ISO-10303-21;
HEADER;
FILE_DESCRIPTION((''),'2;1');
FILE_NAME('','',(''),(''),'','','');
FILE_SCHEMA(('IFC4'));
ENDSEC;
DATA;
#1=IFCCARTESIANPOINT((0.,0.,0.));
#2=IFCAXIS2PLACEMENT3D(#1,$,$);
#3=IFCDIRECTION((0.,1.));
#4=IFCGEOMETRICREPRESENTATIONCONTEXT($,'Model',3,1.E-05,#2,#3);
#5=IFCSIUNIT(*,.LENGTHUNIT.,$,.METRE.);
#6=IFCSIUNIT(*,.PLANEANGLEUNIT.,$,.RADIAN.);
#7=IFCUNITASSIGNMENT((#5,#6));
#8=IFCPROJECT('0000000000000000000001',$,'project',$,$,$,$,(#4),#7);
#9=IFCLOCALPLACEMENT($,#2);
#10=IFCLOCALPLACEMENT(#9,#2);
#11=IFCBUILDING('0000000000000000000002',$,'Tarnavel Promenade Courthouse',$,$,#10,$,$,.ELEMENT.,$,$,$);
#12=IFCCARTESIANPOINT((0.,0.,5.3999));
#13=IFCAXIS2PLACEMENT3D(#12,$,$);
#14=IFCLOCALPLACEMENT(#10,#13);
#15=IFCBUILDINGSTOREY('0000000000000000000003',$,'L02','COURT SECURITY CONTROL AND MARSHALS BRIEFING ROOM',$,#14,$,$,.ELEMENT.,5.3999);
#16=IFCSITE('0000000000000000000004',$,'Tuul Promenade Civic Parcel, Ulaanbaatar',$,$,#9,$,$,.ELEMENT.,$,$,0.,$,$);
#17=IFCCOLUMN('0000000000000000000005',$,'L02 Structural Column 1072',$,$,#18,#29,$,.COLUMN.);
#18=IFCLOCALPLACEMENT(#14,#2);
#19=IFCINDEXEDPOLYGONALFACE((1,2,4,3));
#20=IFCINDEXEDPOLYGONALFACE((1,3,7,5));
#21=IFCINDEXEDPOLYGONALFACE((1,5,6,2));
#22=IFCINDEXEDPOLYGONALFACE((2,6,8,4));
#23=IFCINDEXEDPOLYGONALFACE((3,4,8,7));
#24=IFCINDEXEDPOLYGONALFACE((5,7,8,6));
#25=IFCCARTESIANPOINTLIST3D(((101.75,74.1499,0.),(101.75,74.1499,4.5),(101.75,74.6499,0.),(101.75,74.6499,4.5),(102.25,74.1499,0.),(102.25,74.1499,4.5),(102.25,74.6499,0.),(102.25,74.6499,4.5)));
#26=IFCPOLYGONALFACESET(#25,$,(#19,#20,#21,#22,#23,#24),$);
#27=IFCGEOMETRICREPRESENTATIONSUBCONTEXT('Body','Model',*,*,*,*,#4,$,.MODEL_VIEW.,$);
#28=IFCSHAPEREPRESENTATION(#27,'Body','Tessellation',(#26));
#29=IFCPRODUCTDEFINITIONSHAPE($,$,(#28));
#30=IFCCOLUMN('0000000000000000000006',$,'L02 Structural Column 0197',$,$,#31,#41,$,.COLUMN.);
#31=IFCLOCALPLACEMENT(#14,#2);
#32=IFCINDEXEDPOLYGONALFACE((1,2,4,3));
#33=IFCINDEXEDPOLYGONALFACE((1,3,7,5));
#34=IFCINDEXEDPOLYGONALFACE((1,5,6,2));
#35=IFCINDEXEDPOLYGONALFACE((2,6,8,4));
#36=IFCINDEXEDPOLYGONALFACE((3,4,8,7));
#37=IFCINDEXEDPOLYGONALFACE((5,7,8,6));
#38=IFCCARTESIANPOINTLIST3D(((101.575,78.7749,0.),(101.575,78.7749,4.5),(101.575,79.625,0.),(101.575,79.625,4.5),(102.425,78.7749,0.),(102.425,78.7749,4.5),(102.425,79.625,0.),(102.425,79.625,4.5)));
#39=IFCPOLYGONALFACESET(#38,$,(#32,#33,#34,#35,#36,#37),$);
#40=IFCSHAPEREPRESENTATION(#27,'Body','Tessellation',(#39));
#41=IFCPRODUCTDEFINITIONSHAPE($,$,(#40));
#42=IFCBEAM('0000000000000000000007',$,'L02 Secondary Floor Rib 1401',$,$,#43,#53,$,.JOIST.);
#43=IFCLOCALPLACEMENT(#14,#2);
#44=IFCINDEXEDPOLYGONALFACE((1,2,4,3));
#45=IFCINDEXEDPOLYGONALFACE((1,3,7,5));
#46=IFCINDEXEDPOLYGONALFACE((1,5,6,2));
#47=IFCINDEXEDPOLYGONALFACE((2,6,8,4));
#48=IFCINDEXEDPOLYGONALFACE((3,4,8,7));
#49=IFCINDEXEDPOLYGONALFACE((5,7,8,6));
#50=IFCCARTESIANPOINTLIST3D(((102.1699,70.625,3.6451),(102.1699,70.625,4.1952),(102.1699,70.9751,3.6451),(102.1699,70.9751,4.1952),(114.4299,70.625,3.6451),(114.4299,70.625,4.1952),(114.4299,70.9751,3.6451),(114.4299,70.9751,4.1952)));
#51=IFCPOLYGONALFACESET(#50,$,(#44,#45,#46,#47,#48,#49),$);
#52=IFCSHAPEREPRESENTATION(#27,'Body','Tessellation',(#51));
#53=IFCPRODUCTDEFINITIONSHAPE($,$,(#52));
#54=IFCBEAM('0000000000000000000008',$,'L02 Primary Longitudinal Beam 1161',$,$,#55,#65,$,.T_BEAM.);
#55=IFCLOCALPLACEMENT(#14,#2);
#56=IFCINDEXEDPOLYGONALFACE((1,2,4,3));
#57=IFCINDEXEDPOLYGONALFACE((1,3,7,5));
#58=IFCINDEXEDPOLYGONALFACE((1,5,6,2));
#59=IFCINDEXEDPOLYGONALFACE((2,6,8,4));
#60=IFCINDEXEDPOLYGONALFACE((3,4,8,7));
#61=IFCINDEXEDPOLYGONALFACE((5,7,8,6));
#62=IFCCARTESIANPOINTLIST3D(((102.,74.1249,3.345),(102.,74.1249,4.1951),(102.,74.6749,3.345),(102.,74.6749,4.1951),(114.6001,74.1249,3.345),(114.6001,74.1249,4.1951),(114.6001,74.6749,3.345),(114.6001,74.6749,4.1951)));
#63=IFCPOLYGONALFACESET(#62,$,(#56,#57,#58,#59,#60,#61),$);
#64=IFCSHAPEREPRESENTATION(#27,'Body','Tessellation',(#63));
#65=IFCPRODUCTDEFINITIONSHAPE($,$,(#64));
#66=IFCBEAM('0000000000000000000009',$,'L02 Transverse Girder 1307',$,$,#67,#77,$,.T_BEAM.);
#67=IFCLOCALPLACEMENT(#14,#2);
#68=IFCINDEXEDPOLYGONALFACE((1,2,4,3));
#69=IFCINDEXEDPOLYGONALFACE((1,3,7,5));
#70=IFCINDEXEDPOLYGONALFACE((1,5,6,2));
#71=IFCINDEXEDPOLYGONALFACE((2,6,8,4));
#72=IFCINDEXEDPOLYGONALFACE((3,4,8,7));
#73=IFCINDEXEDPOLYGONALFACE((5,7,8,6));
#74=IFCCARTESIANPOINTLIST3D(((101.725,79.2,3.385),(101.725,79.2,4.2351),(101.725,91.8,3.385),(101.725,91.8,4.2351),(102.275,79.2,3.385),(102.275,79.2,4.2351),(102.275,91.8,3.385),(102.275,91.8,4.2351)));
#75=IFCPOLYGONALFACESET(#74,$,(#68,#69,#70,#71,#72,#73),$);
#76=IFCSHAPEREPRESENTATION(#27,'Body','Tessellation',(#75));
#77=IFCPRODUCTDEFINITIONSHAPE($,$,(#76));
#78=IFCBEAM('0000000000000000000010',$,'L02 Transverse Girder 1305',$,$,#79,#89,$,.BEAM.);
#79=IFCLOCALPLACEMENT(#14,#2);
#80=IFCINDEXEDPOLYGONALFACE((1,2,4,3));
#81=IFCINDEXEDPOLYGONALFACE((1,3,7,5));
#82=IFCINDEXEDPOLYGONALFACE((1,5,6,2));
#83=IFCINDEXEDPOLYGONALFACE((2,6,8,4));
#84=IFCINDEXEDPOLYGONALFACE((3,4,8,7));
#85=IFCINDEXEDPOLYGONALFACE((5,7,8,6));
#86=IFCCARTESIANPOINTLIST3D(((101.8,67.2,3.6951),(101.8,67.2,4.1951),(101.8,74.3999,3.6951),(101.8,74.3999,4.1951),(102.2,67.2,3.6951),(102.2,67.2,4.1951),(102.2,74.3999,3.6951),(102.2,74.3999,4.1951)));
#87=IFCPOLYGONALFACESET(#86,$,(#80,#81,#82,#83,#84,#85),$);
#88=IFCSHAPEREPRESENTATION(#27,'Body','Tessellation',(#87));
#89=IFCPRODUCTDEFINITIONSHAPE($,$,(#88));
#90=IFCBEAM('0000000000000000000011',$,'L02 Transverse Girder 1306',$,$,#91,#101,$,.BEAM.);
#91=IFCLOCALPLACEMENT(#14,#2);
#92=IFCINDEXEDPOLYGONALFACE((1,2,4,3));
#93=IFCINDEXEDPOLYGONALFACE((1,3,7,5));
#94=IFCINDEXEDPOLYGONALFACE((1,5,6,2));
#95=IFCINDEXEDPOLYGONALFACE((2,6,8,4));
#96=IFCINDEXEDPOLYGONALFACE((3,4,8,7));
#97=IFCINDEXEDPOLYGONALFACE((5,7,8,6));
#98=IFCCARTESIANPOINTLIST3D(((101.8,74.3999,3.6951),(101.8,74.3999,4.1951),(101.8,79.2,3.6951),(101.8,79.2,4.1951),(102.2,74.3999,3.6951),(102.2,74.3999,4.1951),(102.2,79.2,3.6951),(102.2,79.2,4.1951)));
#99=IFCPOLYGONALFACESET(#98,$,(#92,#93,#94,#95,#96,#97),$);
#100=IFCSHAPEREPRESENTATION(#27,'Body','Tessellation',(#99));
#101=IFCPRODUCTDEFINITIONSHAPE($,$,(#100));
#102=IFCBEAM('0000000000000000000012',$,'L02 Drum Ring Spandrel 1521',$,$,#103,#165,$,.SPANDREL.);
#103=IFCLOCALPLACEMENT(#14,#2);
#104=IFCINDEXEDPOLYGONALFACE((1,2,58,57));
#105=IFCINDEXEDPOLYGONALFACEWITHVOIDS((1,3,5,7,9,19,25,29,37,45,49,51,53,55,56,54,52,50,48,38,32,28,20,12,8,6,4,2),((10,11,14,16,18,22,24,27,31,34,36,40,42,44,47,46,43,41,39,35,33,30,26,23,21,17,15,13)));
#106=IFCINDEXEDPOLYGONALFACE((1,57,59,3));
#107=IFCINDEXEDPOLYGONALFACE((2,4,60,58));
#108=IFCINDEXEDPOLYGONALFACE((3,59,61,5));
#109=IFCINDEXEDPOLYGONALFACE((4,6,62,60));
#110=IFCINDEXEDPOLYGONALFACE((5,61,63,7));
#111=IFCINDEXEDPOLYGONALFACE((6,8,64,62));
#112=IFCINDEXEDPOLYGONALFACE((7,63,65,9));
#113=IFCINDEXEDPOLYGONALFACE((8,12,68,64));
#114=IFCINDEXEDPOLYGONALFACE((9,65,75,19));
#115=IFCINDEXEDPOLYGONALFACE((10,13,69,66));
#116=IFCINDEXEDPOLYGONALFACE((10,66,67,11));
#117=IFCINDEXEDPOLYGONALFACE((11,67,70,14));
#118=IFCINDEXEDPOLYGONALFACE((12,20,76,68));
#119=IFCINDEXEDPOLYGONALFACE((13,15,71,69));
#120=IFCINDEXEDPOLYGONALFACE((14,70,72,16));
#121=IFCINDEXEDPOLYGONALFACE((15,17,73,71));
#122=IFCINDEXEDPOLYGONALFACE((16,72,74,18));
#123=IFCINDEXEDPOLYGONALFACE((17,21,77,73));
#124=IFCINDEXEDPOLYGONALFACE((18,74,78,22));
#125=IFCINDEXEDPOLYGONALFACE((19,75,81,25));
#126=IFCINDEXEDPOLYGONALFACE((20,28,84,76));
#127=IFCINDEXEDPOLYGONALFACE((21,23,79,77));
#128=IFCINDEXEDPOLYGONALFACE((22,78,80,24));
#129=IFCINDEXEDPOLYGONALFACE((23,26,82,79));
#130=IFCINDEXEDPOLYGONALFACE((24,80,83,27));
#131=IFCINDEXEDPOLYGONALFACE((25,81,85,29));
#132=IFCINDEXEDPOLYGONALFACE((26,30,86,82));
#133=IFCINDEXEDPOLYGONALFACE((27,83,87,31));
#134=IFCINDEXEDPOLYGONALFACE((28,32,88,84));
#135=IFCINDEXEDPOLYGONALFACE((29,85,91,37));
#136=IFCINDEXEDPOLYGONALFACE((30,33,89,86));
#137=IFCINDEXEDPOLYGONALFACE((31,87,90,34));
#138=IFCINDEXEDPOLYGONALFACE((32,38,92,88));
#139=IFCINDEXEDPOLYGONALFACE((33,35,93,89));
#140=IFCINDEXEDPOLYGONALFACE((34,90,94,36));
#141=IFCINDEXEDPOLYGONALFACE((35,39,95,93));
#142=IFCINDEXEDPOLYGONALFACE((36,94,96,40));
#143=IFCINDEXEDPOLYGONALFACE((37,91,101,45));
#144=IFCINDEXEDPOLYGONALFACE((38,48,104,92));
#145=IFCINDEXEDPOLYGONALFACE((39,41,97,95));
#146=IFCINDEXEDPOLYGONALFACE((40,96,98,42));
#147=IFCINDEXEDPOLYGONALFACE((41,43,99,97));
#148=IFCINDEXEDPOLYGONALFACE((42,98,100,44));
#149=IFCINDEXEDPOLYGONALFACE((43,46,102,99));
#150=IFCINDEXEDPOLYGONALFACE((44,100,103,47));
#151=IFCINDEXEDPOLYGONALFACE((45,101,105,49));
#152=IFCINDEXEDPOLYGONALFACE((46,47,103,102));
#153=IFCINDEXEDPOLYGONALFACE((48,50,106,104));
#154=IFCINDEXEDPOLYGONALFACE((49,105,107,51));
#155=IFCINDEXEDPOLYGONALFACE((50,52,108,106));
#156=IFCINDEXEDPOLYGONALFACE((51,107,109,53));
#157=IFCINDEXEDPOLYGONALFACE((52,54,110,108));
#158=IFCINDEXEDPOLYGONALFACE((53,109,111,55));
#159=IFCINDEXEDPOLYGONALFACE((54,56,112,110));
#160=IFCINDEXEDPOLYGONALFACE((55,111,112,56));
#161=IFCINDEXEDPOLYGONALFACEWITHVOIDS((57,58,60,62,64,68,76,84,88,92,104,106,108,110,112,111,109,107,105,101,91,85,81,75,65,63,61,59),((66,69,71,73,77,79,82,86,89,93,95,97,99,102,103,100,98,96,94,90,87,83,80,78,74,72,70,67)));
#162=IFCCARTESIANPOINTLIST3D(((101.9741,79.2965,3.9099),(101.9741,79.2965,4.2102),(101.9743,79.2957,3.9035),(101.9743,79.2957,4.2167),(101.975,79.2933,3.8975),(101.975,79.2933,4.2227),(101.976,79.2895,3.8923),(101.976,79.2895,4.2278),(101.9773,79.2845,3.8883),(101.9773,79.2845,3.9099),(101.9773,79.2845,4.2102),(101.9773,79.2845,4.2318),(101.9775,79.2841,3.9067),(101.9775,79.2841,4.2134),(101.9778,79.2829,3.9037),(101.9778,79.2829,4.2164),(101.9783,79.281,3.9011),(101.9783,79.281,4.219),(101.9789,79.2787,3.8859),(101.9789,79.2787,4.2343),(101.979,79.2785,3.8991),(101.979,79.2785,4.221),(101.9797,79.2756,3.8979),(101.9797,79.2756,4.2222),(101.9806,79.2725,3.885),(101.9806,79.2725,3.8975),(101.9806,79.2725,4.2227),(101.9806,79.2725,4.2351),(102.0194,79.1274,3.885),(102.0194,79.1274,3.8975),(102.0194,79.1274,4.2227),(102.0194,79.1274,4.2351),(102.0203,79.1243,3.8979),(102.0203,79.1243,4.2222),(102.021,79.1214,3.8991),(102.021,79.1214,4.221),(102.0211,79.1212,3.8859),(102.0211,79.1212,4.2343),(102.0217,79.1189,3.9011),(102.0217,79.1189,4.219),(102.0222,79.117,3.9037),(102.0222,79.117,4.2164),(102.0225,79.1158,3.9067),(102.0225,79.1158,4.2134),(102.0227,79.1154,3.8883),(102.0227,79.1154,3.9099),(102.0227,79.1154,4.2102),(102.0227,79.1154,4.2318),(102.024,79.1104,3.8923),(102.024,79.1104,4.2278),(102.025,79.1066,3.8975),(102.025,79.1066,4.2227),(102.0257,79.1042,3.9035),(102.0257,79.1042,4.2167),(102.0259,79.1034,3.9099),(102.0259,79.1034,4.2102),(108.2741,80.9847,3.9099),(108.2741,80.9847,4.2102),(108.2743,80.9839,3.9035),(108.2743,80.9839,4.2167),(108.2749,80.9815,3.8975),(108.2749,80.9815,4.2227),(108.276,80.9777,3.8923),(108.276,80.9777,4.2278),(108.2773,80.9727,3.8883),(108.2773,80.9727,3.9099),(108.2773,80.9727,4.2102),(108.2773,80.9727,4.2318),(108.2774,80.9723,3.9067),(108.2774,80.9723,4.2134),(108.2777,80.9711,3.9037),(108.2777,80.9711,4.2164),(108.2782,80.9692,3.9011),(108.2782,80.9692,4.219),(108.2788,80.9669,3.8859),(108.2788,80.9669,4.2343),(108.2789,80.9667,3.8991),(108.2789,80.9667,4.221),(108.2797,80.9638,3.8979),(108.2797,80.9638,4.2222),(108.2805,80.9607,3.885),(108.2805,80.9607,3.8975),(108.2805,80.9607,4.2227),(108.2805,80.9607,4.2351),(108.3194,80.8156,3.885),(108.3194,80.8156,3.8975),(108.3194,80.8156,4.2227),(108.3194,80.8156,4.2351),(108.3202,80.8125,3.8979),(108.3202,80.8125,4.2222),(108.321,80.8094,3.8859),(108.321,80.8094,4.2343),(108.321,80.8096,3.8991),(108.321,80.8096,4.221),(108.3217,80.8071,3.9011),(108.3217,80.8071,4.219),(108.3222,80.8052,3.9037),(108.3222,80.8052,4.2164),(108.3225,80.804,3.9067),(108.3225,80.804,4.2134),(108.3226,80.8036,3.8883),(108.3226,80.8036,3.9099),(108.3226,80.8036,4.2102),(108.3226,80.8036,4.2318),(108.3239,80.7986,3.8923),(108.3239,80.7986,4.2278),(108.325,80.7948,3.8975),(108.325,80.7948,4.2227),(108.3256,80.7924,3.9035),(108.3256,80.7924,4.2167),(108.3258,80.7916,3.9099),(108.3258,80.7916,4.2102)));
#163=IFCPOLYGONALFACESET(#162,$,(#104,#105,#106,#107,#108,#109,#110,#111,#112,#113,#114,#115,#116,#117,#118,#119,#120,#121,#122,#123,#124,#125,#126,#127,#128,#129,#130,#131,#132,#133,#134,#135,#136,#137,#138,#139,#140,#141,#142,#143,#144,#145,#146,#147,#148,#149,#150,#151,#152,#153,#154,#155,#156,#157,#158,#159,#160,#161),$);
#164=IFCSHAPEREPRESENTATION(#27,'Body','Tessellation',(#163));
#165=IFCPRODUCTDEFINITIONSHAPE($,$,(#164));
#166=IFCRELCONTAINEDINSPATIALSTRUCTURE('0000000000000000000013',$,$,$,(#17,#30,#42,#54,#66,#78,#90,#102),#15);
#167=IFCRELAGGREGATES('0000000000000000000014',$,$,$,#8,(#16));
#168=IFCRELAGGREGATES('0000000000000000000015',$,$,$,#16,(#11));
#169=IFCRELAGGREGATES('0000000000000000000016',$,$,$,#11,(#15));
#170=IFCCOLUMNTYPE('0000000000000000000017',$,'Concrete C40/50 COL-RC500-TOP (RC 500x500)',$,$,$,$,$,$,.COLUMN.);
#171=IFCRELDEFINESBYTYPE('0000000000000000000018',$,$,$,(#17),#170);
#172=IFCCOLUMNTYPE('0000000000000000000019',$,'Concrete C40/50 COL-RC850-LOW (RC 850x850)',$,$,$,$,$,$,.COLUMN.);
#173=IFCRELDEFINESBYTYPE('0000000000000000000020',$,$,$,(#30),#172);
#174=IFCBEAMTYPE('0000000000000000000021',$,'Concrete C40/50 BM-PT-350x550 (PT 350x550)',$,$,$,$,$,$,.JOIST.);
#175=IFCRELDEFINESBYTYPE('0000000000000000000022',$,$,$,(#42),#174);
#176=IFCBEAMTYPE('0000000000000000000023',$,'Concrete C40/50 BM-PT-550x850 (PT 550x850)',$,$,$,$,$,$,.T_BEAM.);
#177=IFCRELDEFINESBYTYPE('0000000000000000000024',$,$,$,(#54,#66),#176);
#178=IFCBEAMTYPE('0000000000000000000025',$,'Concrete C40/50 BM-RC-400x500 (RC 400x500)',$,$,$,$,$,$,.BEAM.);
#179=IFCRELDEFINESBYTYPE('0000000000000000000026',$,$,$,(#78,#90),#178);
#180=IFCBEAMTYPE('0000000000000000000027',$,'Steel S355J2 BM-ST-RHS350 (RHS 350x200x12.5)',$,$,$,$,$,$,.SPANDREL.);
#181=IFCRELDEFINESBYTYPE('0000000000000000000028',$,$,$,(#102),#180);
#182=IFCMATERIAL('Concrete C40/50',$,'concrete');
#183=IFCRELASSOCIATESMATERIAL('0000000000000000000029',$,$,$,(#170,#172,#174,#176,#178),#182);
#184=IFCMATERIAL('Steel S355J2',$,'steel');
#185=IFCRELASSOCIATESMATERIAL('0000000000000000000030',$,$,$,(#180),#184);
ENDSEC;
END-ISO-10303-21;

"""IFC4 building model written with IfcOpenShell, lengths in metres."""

from ifc_helpers import new_model, si_unit, direction, frame, origin, origin_2d, place, context, subcontext, project, spatial, rectangle, hollow_rectangle, extrude, material, material_profile, profile_set, type_object, element, save


model = new_model("IFC4")

# Units and contexts
model_context = context("Model", 3, precision=1e-05, world=origin(), true_north=direction((0.0, 1.0)))
body_context = subcontext(model_context, "Body", "Model", "MODEL_VIEW")
ifc_project = project(units=[si_unit("LENGTHUNIT", "METRE"), si_unit("PLANEANGLEUNIT", "RADIAN")], contexts=[model_context])

# Site, building, storey
site_placement = place(None, origin())
site = spatial("IfcSite", under=ifc_project, at=site_placement, Name="Tuul Promenade Civic Parcel, Ulaanbaatar", CompositionType="ELEMENT", RefElevation=0.0)
building_placement = place(site_placement, origin())
building = spatial("IfcBuilding", under=site, at=building_placement, Name="Tarnavel Promenade Courthouse", CompositionType="ELEMENT")
storey_placement = place(building_placement, frame((0.0, 0.0, 5.3999)))
storey = spatial("IfcBuildingStorey", under=building, at=storey_placement, Name="L02", Description="COURT SECURITY CONTROL AND MARSHALS BRIEFING ROOM", CompositionType="ELEMENT", Elevation=5.3999)

# Columns
ifc_material_1 = material(Name="Concrete C40/50", Category="concrete")
ifc_material_profile_1 = material_profile(ifc_material_1, rectangle(XDim=0.5, YDim=0.5, at=origin_2d()), Name="RC 500x500")
ifc_profile_set_1 = profile_set([ifc_material_profile_1], Name="Concrete C40/50")
column_type_1 = type_object("IfcColumnType", Name="Concrete C40/50 COL-RC500-TOP (RC 500x500)", PredefinedType="COLUMN", material=ifc_profile_set_1)
column_1_placement = place(storey_placement, frame((102.0, 74.3999, 0.0), z_axis=(0.0, 0.0, 1.0), x_axis=(1.0, 0.0, 0.0)))
element("IfcColumn", 1, at=column_1_placement, inside=storey, type_object=column_type_1, Name="L02 Structural Column 1072", PredefinedType="COLUMN", context=body_context, shape_type="SweptSolid", body=[
    extrude(rectangle(XDim=0.5, YDim=0.5, at=origin_2d()), origin(), (0.0, 0.0, 1.0), 4.5),
])
ifc_material_profile_2 = material_profile(ifc_material_1, rectangle(XDim=0.8501, YDim=0.8501, at=origin_2d()), Name="RC 850x850")
ifc_profile_set_2 = profile_set([ifc_material_profile_2], Name="Concrete C40/50")
column_type_2 = type_object("IfcColumnType", Name="Concrete C40/50 COL-RC850-LOW (RC 850x850)", PredefinedType="COLUMN", material=ifc_profile_set_2)
column_2_placement = place(storey_placement, frame((102.0, 79.2, 0.0), z_axis=(0.0, 0.0, 1.0), x_axis=(1.0, 0.0, 0.0)))
element("IfcColumn", 2, at=column_2_placement, inside=storey, type_object=column_type_2, Name="L02 Structural Column 0197", PredefinedType="COLUMN", context=body_context, shape_type="SweptSolid", body=[
    extrude(rectangle(XDim=0.8501, YDim=0.8501, at=origin_2d()), origin(), (0.0, 0.0, 1.0), 4.5),
])

# Beams
ifc_material_profile_3 = material_profile(ifc_material_1, rectangle(XDim=0.3501, YDim=0.55, at=origin_2d()), Name="PT 350x550")
ifc_profile_set_3 = profile_set([ifc_material_profile_3], Name="Concrete C40/50")
beam_type_1 = type_object("IfcBeamType", Name="Concrete C40/50 BM-PT-350x550 (PT 350x550)", PredefinedType="JOIST", material=ifc_profile_set_3)
beam_1_placement = place(storey_placement, frame((102.1699, 70.8, 3.9202), z_axis=(1.0, 0.0, 0.0), x_axis=(0.0, 1.0, 0.0)))
element("IfcBeam", 3, at=beam_1_placement, inside=storey, type_object=beam_type_1, Name="L02 Secondary Floor Rib 1401", PredefinedType="JOIST", context=body_context, shape_type="SweptSolid", body=[
    extrude(rectangle(XDim=0.3501, YDim=0.55, at=origin_2d()), origin(), (0.0, 0.0, 1.0), 12.26),
])
ifc_material_profile_4 = material_profile(ifc_material_1, rectangle(XDim=0.55, YDim=0.8501, at=origin_2d()), Name="PT 550x850")
ifc_profile_set_4 = profile_set([ifc_material_profile_4], Name="Concrete C40/50")
beam_type_2 = type_object("IfcBeamType", Name="Concrete C40/50 BM-PT-550x850 (PT 550x850)", PredefinedType="T_BEAM", material=ifc_profile_set_4)
for number, where, z_axis, x_axis, name in (
    (4, (102.0, 74.3999, 3.77), (1.0, 0.0, 0.0), (0.0, 1.0, 0.0), "L02 Primary Longitudinal Beam 1161"),
    (5, (102.0, 79.2, 3.8101), (0.0, 1.0, 0.0), (-1.0, 0.0, 0.0), "L02 Transverse Girder 1307"),
):
    element("IfcBeam", number, at=place(storey_placement, frame(where, z_axis=z_axis, x_axis=x_axis)), inside=storey, type_object=beam_type_2, Name=name, PredefinedType="T_BEAM", context=body_context, shape_type="SweptSolid", body=[
        extrude(rectangle(XDim=0.55, YDim=0.8501, at=origin_2d()), origin(), (0.0, 0.0, 1.0), 12.6001),
    ])
ifc_material_profile_5 = material_profile(ifc_material_1, rectangle(XDim=0.3999, YDim=0.5, at=origin_2d()), Name="RC 400x500")
ifc_profile_set_5 = profile_set([ifc_material_profile_5], Name="Concrete C40/50")
beam_type_3 = type_object("IfcBeamType", Name="Concrete C40/50 BM-RC-400x500 (RC 400x500)", PredefinedType="BEAM", material=ifc_profile_set_5)
beam_2_placement = place(storey_placement, frame((102.0, 67.2, 3.9451), z_axis=(0.0, 1.0, 0.0), x_axis=(-1.0, 0.0, 0.0)))
element("IfcBeam", 6, at=beam_2_placement, inside=storey, type_object=beam_type_3, Name="L02 Transverse Girder 1305", PredefinedType="BEAM", context=body_context, shape_type="SweptSolid", body=[
    extrude(rectangle(XDim=0.3999, YDim=0.5, at=origin_2d()), origin(), (0.0, 0.0, 1.0), 7.2),
])
beam_3_placement = place(storey_placement, frame((102.0, 74.3999, 3.9451), z_axis=(0.0, 1.0, 0.0), x_axis=(-1.0, 0.0, 0.0)))
element("IfcBeam", 7, at=beam_3_placement, inside=storey, type_object=beam_type_3, Name="L02 Transverse Girder 1306", PredefinedType="BEAM", context=body_context, shape_type="SweptSolid", body=[
    extrude(rectangle(XDim=0.3999, YDim=0.5, at=origin_2d()), origin(), (0.0, 0.0, 1.0), 4.8),
])
ifc_material_2 = material(Name="Steel S355J2", Category="steel")
ifc_material_profile_6 = material_profile(ifc_material_2, hollow_rectangle(XDim=0.2, YDim=0.3501, WallThickness=0.0125, InnerFilletRadius=0.0125, OuterFilletRadius=0.0249, at=origin_2d()), Name="RHS 350x200x12.5")
ifc_profile_set_6 = profile_set([ifc_material_profile_6], Name="Steel S355J2")
beam_type_4 = type_object("IfcBeamType", Name="Steel S355J2 BM-ST-RHS350 (RHS 350x200x12.5)", PredefinedType="SPANDREL", material=ifc_profile_set_6)
beam_4_placement = place(storey_placement, frame((102.0, 79.2, 4.0601), z_axis=(0.96592, 0.258839, 0.0), x_axis=(-0.258839, 0.96592, 0.0)))
element("IfcBeam", 8, at=beam_4_placement, inside=storey, type_object=beam_type_4, Name="L02 Drum Ring Spandrel 1521", PredefinedType="SPANDREL", context=body_context, shape_type="SweptSolid", body=[
    extrude(hollow_rectangle(XDim=0.2, YDim=0.3501, WallThickness=0.0125, InnerFilletRadius=0.0125, OuterFilletRadius=0.0249, at=origin_2d()), origin(), (0.0, 0.0, 1.0), 6.5222),
])

save(model, "model.ifc")
